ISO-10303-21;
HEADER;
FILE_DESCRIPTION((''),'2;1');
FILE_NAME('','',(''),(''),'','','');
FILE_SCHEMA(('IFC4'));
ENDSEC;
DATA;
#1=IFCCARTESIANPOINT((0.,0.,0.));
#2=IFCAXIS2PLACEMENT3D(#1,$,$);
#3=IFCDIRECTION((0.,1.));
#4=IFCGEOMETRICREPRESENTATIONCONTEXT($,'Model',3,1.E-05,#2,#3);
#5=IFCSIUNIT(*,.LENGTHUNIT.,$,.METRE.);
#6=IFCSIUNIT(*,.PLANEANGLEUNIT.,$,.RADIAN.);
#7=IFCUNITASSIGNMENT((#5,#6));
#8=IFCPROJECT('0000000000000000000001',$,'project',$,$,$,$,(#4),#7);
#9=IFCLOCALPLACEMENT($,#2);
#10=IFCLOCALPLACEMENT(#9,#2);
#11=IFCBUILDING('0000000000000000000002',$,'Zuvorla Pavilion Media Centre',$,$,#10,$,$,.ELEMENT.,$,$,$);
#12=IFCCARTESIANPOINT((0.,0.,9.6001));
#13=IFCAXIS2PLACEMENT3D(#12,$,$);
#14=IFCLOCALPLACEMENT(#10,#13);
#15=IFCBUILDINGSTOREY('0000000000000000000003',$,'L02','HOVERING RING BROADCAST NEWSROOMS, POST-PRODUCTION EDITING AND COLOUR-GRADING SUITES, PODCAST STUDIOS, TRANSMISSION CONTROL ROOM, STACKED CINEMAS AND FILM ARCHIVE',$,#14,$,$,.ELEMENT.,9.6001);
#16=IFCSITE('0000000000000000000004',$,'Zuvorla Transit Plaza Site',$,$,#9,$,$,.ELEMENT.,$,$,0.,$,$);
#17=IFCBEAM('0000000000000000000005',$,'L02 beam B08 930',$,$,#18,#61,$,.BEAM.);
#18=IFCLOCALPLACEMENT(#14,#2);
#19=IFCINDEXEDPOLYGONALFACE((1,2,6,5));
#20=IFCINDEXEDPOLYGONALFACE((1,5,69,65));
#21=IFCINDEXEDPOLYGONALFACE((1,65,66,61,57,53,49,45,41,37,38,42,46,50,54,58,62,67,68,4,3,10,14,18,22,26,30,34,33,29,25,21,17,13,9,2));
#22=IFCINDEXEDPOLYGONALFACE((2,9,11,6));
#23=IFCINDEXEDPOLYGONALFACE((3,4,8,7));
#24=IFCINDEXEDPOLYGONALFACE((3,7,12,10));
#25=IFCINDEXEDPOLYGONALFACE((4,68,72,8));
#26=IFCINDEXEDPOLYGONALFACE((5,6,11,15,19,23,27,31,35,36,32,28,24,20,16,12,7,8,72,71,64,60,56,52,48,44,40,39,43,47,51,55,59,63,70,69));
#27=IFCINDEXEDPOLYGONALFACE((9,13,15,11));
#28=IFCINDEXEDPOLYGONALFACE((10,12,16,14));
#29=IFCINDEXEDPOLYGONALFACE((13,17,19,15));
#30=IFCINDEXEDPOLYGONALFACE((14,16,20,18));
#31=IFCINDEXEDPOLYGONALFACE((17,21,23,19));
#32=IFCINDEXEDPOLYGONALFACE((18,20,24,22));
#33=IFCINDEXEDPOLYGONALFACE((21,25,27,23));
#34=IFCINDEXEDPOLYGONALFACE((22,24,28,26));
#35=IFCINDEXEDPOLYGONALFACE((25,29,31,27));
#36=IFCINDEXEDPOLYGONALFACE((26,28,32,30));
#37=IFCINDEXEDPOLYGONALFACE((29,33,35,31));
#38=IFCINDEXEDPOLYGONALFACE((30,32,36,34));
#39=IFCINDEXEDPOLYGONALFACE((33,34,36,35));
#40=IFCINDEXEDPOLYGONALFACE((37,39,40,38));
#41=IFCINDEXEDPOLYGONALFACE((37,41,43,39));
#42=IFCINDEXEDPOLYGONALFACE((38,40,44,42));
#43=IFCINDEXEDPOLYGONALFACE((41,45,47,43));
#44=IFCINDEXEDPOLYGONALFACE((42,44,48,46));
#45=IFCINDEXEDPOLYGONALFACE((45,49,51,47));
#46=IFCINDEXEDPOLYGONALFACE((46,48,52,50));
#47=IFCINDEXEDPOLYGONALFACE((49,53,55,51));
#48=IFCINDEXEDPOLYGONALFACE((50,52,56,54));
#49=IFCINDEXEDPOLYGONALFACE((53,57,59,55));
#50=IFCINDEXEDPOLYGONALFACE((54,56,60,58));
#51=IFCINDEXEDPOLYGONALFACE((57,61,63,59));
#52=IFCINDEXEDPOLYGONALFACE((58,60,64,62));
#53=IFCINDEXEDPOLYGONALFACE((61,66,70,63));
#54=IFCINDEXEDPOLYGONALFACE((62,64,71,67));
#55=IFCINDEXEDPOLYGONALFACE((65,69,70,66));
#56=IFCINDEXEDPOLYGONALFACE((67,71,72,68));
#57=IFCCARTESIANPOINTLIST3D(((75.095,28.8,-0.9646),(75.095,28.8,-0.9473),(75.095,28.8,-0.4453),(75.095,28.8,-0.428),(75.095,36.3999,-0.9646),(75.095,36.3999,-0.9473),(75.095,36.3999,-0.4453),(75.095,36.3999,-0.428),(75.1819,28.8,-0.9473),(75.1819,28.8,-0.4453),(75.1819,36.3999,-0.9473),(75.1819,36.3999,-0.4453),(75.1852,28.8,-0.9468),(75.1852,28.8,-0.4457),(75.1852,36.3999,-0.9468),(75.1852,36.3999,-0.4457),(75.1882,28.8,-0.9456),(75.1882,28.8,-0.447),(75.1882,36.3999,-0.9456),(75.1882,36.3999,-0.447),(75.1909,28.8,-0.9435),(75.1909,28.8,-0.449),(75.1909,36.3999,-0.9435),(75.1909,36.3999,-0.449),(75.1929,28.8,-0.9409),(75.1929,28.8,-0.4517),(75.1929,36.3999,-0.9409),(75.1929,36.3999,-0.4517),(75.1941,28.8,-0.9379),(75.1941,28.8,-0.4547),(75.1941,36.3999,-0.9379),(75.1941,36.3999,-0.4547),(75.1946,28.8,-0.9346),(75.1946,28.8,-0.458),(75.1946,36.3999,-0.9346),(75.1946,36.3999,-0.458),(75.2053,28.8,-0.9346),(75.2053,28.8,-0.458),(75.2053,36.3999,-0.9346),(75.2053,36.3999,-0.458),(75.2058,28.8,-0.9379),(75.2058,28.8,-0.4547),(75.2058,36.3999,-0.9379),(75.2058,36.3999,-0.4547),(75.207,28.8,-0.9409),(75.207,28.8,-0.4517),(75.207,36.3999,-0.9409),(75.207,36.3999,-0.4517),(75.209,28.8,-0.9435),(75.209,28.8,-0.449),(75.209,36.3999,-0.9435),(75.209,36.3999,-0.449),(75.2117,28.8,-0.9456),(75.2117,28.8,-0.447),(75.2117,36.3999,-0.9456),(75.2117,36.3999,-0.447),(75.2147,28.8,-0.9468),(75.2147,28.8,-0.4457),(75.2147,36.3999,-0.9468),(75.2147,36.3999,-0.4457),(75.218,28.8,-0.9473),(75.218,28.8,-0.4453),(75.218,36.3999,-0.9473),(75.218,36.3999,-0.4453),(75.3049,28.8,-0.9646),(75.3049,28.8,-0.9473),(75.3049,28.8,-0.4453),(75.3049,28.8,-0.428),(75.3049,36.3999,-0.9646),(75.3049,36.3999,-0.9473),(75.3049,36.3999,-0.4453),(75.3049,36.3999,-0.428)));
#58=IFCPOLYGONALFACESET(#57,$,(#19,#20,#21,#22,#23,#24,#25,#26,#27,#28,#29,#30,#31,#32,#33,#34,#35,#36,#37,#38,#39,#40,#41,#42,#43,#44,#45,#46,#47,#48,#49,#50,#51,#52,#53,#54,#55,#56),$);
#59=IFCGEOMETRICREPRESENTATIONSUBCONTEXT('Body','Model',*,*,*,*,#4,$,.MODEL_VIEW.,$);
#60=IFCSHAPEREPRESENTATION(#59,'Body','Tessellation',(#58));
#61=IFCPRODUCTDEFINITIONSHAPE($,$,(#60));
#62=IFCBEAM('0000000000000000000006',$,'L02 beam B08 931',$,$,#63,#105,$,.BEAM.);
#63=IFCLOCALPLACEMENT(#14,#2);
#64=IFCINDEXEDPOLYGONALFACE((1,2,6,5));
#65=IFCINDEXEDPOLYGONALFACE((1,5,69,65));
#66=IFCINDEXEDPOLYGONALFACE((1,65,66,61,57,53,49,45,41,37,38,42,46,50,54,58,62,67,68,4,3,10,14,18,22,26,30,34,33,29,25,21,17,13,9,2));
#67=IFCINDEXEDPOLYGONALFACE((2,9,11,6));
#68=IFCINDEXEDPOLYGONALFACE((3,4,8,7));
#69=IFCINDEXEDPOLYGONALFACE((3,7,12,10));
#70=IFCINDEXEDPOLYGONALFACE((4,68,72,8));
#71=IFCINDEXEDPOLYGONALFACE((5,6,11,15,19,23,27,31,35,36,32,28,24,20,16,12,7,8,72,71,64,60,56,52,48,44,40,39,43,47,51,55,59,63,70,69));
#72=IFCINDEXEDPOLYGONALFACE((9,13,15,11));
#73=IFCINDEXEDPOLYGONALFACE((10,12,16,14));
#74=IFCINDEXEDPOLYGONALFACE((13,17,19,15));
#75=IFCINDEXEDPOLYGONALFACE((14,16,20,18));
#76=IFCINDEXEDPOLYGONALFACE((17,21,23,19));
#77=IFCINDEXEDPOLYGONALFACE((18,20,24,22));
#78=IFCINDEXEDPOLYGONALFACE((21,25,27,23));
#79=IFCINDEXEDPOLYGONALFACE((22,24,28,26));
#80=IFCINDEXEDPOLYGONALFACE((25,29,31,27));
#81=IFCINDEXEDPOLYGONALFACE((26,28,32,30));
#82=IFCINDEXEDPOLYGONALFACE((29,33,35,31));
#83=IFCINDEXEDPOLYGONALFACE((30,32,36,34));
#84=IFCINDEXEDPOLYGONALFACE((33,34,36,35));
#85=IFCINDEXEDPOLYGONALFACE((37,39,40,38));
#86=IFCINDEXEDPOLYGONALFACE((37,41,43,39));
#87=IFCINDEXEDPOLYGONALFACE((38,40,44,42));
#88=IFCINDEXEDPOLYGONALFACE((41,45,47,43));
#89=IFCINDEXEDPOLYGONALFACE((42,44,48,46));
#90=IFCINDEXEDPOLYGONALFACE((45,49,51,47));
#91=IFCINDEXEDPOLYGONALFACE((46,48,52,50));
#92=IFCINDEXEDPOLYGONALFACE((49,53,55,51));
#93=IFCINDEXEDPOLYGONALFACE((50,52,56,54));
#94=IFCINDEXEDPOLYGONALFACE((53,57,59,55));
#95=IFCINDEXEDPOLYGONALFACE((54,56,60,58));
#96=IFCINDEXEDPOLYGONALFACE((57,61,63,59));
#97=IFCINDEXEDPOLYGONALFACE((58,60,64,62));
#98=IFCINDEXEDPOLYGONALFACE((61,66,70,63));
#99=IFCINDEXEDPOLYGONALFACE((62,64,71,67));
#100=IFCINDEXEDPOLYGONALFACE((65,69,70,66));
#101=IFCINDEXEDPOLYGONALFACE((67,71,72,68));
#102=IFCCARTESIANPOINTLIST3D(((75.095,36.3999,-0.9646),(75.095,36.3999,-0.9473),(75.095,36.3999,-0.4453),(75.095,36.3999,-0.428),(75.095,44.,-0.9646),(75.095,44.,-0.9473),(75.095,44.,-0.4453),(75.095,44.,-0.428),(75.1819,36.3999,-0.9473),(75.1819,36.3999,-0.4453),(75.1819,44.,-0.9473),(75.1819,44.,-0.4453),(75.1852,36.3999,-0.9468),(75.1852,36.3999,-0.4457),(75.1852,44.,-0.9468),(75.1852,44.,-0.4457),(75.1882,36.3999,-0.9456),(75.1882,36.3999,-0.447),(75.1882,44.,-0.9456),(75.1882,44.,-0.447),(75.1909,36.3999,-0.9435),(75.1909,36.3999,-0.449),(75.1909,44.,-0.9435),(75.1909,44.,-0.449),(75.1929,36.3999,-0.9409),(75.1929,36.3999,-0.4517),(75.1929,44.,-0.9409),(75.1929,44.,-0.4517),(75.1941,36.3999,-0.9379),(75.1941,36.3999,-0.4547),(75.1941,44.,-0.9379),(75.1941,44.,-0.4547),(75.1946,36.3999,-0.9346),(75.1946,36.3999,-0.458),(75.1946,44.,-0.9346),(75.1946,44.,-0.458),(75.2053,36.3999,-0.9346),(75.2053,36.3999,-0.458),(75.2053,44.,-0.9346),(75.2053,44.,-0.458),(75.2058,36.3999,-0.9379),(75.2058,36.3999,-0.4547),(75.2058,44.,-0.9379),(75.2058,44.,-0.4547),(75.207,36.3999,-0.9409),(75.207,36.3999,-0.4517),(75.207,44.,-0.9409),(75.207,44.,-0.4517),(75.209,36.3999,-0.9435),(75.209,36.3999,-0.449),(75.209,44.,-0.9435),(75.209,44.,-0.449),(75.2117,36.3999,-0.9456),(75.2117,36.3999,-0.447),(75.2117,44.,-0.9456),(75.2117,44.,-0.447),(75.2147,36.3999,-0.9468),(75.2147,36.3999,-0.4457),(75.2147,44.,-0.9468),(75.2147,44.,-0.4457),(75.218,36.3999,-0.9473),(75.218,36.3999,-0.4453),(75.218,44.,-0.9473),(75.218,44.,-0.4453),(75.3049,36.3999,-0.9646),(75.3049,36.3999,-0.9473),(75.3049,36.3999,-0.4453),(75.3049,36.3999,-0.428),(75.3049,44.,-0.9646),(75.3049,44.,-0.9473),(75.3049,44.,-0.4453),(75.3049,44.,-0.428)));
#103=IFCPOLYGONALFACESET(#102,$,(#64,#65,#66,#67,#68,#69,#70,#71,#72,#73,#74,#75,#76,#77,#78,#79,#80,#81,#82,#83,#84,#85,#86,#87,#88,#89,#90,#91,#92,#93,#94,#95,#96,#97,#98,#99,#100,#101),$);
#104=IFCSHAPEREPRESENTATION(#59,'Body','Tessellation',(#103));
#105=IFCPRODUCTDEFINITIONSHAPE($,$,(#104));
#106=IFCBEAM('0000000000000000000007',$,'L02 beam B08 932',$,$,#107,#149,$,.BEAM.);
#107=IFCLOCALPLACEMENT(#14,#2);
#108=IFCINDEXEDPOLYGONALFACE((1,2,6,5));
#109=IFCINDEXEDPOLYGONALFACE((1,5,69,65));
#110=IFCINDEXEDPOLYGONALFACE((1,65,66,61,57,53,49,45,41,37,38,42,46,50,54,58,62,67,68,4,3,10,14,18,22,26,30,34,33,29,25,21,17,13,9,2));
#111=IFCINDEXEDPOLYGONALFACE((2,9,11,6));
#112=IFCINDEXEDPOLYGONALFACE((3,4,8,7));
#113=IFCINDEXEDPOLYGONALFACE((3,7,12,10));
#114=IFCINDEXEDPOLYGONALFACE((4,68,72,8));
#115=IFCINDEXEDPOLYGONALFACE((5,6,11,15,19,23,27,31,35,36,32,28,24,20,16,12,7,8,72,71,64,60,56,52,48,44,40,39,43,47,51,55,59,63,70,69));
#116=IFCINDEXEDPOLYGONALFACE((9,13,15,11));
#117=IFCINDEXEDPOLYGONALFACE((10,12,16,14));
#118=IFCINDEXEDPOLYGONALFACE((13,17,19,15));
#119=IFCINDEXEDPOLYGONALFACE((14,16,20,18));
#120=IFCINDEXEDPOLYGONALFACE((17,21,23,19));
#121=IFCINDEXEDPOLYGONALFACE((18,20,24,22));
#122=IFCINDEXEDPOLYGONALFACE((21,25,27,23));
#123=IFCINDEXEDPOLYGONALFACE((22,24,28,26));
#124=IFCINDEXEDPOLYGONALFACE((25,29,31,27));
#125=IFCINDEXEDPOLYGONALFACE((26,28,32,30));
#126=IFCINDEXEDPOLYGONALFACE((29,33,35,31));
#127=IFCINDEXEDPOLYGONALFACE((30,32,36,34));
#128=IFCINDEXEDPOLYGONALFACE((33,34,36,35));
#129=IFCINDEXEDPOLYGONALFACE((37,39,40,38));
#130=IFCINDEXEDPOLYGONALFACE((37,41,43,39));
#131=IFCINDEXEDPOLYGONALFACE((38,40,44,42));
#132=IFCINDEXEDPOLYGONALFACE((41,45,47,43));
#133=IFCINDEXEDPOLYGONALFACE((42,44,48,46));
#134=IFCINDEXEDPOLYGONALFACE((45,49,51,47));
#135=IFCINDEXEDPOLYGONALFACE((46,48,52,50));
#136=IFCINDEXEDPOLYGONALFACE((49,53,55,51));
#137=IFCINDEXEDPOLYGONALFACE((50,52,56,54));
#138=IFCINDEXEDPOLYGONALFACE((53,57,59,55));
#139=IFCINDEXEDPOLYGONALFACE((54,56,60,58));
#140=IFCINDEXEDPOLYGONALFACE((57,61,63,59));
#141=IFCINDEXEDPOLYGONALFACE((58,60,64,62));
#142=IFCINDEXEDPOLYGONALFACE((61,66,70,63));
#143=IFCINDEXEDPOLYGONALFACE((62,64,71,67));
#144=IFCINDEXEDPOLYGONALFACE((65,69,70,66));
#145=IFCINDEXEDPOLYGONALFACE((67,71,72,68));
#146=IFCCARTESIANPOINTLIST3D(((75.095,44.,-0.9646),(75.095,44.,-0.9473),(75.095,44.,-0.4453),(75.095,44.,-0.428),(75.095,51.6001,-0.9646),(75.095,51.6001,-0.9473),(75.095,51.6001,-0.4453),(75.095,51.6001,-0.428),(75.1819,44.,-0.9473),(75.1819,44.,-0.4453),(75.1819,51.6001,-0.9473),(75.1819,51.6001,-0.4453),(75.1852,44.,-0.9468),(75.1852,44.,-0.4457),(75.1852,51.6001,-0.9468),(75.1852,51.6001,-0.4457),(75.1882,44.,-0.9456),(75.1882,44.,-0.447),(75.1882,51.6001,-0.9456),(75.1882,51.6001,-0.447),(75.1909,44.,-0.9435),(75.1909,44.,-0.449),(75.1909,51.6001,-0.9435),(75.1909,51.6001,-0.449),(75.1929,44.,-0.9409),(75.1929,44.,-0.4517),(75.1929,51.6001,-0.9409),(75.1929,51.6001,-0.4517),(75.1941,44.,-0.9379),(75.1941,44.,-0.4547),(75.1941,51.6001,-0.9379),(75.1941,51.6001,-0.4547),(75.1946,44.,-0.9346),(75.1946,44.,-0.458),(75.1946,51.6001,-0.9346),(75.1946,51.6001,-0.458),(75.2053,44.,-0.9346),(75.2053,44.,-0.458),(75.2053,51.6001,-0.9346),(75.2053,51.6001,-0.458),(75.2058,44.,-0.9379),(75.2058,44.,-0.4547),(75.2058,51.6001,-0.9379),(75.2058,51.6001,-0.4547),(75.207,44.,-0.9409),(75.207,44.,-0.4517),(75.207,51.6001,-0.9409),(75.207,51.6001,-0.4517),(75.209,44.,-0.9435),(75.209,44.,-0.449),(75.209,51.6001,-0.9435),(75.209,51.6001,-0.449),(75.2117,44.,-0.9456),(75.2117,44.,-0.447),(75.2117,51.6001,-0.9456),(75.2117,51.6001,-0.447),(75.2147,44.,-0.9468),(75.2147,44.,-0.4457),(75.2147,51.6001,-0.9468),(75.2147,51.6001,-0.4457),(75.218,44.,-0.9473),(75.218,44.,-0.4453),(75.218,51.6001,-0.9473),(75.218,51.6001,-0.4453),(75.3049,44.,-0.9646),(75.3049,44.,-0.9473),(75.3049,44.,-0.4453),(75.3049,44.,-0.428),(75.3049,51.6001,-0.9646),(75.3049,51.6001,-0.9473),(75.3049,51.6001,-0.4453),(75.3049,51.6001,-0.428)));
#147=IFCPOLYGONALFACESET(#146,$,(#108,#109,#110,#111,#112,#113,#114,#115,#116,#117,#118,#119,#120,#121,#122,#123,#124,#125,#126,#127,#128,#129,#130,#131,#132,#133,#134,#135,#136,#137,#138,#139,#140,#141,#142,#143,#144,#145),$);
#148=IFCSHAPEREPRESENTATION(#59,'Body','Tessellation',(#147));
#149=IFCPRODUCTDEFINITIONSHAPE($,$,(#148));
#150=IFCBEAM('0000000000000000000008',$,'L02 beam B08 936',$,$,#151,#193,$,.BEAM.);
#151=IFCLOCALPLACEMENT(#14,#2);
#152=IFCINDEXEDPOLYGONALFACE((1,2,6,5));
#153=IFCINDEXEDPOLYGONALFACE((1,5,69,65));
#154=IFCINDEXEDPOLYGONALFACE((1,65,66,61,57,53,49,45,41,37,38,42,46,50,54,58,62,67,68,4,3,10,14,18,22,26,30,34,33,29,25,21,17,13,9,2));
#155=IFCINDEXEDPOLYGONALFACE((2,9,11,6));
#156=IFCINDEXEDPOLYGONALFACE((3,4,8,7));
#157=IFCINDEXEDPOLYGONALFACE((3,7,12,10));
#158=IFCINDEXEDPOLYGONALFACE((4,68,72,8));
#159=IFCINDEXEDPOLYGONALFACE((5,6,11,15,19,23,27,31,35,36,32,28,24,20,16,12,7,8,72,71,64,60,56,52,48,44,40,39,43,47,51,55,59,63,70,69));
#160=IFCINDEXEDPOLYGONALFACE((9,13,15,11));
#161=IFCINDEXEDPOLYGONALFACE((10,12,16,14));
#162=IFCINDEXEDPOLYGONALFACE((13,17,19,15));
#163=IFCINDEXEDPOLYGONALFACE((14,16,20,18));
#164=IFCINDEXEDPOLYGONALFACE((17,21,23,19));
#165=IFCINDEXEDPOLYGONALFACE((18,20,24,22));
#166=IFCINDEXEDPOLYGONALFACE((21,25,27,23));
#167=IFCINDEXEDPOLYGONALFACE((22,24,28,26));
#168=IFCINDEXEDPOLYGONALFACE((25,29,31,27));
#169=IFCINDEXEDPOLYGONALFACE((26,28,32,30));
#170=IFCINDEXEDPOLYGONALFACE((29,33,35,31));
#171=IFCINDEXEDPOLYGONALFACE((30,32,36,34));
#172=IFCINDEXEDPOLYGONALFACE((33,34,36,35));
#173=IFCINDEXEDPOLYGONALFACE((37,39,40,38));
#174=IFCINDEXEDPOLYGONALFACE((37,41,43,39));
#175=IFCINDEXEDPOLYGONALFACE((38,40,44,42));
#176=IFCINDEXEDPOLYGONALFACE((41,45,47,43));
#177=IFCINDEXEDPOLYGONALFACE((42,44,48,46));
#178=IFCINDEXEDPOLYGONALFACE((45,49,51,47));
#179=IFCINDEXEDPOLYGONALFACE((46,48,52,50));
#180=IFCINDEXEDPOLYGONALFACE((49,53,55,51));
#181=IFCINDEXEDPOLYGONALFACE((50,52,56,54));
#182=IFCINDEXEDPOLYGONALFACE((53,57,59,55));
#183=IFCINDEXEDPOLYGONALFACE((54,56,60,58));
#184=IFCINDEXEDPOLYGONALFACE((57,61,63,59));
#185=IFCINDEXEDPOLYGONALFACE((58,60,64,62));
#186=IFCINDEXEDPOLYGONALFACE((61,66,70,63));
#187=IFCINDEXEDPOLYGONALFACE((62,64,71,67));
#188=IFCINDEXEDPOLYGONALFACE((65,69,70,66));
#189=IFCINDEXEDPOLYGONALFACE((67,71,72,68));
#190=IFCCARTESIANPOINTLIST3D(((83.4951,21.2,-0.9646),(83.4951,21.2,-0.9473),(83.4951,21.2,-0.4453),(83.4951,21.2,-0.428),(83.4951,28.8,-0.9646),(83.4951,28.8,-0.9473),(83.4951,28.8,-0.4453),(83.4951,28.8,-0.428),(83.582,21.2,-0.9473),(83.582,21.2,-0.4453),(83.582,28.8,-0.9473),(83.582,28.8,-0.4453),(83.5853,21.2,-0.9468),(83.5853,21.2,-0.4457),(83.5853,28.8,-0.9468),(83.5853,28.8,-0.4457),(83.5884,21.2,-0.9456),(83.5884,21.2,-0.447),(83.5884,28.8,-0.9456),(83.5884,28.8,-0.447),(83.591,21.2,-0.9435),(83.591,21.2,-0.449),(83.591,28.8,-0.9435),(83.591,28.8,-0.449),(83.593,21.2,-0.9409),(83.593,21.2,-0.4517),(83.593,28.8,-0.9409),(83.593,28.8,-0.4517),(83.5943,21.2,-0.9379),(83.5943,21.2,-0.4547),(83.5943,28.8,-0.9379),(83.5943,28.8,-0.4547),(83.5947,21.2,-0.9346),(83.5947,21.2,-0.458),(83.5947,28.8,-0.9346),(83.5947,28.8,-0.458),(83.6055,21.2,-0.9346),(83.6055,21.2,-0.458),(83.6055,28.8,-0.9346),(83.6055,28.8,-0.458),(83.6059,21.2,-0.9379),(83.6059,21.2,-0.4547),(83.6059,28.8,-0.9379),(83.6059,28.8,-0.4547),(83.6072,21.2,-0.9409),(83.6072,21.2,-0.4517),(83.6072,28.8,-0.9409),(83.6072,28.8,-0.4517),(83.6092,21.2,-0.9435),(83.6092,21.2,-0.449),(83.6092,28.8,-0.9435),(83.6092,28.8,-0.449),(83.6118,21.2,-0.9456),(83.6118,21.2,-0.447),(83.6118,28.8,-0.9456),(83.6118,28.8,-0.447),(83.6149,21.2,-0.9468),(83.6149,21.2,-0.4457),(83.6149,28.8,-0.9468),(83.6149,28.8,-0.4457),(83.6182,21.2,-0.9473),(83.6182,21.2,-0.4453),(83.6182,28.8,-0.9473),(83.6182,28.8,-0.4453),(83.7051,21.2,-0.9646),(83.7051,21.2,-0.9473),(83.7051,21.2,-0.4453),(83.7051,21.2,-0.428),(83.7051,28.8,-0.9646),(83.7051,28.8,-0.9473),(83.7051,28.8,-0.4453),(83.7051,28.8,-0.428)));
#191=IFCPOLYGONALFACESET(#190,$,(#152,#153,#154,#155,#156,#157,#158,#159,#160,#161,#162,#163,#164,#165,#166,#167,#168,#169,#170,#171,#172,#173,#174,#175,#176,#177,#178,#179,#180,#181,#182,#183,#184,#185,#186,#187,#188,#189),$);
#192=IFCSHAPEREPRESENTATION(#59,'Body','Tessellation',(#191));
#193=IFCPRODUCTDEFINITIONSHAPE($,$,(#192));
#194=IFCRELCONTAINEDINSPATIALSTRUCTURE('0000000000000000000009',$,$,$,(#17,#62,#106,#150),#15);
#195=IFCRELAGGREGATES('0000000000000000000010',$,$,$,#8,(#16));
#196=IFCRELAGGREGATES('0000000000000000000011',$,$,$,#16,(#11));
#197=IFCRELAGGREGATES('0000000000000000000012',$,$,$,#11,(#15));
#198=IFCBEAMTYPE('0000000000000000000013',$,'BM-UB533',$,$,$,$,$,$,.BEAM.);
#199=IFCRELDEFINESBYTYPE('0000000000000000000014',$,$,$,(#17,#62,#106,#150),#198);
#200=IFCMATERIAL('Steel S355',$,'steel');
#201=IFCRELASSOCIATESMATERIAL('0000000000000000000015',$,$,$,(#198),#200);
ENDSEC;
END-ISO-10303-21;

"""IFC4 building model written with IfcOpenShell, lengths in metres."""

from ifc_helpers import new_model, si_unit, direction, frame, origin, origin_2d, place, context, subcontext, project, spatial, i_section, extrude, material, material_profile, profile_set, type_object, element, save


model = new_model("IFC4")

# Units and contexts
model_context = context("Model", 3, precision=1e-05, world=origin(), true_north=direction((0.0, 1.0)))
body_context = subcontext(model_context, "Body", "Model", "MODEL_VIEW")
ifc_project = project(units=[si_unit("LENGTHUNIT", "METRE"), si_unit("PLANEANGLEUNIT", "RADIAN")], contexts=[model_context])

# Site, building, storey
site_placement = place(None, origin())
site = spatial("IfcSite", under=ifc_project, at=site_placement, Name="Zuvorla Transit Plaza Site", CompositionType="ELEMENT", RefElevation=0.0)
building_placement = place(site_placement, origin())
building = spatial("IfcBuilding", under=site, at=building_placement, Name="Zuvorla Pavilion Media Centre", CompositionType="ELEMENT")
storey_placement = place(building_placement, frame((0.0, 0.0, 9.6001)))
storey = spatial("IfcBuildingStorey", under=building, at=storey_placement, Name="L02", Description="HOVERING RING BROADCAST NEWSROOMS, POST-PRODUCTION EDITING AND COLOUR-GRADING SUITES, PODCAST STUDIOS, TRANSMISSION CONTROL ROOM, STACKED CINEMAS AND FILM ARCHIVE", CompositionType="ELEMENT", Elevation=9.6001)

# Beams
ifc_material_1 = material(Name="Steel S355", Category="steel")
ifc_material_profile_1 = material_profile(ifc_material_1, i_section(OverallWidth=0.21, OverallDepth=0.5366, WebThickness=0.0107, FlangeThickness=0.0173, FilletRadius=0.0127, at=origin_2d()), Name="UB 533x210x101")
ifc_profile_set_1 = profile_set([ifc_material_profile_1], Name="Steel S355")
beam_type_1 = type_object("IfcBeamType", Name="BM-UB533", PredefinedType="BEAM", material=ifc_profile_set_1)
beam_1_placement = place(storey_placement, frame((75.2, 28.8, -0.6963), z_axis=(0.0, 1.0, 0.0), x_axis=(-1.0, 0.0, 0.0)))
element("IfcBeam", 1, at=beam_1_placement, inside=storey, type_object=beam_type_1, Name="L02 beam B08 930", PredefinedType="BEAM", context=body_context, shape_type="SweptSolid", body=[
    extrude(i_section(OverallWidth=0.21, OverallDepth=0.5366, WebThickness=0.0107, FlangeThickness=0.0173, FilletRadius=0.0127, at=origin_2d()), origin(), (0.0, 0.0, 1.0), 7.5999),
])
for number, where, z_axis, x_axis, name in (
    (2, (75.2, 36.3999, -0.6963), (0.0, 1.0, 0.0), (-1.0, 0.0, 0.0), "L02 beam B08 931"),
    (3, (75.2, 44.0, -0.6963), (0.0, 1.0, 0.0), (-1.0, 0.0, 0.0), "L02 beam B08 932"),
    (4, (83.6001, 21.2, -0.6963), (0.0, 1.0, 0.0), (-1.0, 0.0, 0.0), "L02 beam B08 936"),
):
    element("IfcBeam", number, at=place(storey_placement, frame(where, z_axis=z_axis, x_axis=x_axis)), inside=storey, type_object=beam_type_1, Name=name, PredefinedType="BEAM", context=body_context, shape_type="SweptSolid", body=[
        extrude(i_section(OverallWidth=0.21, OverallDepth=0.5366, WebThickness=0.0107, FlangeThickness=0.0173, FilletRadius=0.0127, at=origin_2d()), origin(), (0.0, 0.0, 1.0), 7.6001),
    ])

save(model, "model.ifc")
